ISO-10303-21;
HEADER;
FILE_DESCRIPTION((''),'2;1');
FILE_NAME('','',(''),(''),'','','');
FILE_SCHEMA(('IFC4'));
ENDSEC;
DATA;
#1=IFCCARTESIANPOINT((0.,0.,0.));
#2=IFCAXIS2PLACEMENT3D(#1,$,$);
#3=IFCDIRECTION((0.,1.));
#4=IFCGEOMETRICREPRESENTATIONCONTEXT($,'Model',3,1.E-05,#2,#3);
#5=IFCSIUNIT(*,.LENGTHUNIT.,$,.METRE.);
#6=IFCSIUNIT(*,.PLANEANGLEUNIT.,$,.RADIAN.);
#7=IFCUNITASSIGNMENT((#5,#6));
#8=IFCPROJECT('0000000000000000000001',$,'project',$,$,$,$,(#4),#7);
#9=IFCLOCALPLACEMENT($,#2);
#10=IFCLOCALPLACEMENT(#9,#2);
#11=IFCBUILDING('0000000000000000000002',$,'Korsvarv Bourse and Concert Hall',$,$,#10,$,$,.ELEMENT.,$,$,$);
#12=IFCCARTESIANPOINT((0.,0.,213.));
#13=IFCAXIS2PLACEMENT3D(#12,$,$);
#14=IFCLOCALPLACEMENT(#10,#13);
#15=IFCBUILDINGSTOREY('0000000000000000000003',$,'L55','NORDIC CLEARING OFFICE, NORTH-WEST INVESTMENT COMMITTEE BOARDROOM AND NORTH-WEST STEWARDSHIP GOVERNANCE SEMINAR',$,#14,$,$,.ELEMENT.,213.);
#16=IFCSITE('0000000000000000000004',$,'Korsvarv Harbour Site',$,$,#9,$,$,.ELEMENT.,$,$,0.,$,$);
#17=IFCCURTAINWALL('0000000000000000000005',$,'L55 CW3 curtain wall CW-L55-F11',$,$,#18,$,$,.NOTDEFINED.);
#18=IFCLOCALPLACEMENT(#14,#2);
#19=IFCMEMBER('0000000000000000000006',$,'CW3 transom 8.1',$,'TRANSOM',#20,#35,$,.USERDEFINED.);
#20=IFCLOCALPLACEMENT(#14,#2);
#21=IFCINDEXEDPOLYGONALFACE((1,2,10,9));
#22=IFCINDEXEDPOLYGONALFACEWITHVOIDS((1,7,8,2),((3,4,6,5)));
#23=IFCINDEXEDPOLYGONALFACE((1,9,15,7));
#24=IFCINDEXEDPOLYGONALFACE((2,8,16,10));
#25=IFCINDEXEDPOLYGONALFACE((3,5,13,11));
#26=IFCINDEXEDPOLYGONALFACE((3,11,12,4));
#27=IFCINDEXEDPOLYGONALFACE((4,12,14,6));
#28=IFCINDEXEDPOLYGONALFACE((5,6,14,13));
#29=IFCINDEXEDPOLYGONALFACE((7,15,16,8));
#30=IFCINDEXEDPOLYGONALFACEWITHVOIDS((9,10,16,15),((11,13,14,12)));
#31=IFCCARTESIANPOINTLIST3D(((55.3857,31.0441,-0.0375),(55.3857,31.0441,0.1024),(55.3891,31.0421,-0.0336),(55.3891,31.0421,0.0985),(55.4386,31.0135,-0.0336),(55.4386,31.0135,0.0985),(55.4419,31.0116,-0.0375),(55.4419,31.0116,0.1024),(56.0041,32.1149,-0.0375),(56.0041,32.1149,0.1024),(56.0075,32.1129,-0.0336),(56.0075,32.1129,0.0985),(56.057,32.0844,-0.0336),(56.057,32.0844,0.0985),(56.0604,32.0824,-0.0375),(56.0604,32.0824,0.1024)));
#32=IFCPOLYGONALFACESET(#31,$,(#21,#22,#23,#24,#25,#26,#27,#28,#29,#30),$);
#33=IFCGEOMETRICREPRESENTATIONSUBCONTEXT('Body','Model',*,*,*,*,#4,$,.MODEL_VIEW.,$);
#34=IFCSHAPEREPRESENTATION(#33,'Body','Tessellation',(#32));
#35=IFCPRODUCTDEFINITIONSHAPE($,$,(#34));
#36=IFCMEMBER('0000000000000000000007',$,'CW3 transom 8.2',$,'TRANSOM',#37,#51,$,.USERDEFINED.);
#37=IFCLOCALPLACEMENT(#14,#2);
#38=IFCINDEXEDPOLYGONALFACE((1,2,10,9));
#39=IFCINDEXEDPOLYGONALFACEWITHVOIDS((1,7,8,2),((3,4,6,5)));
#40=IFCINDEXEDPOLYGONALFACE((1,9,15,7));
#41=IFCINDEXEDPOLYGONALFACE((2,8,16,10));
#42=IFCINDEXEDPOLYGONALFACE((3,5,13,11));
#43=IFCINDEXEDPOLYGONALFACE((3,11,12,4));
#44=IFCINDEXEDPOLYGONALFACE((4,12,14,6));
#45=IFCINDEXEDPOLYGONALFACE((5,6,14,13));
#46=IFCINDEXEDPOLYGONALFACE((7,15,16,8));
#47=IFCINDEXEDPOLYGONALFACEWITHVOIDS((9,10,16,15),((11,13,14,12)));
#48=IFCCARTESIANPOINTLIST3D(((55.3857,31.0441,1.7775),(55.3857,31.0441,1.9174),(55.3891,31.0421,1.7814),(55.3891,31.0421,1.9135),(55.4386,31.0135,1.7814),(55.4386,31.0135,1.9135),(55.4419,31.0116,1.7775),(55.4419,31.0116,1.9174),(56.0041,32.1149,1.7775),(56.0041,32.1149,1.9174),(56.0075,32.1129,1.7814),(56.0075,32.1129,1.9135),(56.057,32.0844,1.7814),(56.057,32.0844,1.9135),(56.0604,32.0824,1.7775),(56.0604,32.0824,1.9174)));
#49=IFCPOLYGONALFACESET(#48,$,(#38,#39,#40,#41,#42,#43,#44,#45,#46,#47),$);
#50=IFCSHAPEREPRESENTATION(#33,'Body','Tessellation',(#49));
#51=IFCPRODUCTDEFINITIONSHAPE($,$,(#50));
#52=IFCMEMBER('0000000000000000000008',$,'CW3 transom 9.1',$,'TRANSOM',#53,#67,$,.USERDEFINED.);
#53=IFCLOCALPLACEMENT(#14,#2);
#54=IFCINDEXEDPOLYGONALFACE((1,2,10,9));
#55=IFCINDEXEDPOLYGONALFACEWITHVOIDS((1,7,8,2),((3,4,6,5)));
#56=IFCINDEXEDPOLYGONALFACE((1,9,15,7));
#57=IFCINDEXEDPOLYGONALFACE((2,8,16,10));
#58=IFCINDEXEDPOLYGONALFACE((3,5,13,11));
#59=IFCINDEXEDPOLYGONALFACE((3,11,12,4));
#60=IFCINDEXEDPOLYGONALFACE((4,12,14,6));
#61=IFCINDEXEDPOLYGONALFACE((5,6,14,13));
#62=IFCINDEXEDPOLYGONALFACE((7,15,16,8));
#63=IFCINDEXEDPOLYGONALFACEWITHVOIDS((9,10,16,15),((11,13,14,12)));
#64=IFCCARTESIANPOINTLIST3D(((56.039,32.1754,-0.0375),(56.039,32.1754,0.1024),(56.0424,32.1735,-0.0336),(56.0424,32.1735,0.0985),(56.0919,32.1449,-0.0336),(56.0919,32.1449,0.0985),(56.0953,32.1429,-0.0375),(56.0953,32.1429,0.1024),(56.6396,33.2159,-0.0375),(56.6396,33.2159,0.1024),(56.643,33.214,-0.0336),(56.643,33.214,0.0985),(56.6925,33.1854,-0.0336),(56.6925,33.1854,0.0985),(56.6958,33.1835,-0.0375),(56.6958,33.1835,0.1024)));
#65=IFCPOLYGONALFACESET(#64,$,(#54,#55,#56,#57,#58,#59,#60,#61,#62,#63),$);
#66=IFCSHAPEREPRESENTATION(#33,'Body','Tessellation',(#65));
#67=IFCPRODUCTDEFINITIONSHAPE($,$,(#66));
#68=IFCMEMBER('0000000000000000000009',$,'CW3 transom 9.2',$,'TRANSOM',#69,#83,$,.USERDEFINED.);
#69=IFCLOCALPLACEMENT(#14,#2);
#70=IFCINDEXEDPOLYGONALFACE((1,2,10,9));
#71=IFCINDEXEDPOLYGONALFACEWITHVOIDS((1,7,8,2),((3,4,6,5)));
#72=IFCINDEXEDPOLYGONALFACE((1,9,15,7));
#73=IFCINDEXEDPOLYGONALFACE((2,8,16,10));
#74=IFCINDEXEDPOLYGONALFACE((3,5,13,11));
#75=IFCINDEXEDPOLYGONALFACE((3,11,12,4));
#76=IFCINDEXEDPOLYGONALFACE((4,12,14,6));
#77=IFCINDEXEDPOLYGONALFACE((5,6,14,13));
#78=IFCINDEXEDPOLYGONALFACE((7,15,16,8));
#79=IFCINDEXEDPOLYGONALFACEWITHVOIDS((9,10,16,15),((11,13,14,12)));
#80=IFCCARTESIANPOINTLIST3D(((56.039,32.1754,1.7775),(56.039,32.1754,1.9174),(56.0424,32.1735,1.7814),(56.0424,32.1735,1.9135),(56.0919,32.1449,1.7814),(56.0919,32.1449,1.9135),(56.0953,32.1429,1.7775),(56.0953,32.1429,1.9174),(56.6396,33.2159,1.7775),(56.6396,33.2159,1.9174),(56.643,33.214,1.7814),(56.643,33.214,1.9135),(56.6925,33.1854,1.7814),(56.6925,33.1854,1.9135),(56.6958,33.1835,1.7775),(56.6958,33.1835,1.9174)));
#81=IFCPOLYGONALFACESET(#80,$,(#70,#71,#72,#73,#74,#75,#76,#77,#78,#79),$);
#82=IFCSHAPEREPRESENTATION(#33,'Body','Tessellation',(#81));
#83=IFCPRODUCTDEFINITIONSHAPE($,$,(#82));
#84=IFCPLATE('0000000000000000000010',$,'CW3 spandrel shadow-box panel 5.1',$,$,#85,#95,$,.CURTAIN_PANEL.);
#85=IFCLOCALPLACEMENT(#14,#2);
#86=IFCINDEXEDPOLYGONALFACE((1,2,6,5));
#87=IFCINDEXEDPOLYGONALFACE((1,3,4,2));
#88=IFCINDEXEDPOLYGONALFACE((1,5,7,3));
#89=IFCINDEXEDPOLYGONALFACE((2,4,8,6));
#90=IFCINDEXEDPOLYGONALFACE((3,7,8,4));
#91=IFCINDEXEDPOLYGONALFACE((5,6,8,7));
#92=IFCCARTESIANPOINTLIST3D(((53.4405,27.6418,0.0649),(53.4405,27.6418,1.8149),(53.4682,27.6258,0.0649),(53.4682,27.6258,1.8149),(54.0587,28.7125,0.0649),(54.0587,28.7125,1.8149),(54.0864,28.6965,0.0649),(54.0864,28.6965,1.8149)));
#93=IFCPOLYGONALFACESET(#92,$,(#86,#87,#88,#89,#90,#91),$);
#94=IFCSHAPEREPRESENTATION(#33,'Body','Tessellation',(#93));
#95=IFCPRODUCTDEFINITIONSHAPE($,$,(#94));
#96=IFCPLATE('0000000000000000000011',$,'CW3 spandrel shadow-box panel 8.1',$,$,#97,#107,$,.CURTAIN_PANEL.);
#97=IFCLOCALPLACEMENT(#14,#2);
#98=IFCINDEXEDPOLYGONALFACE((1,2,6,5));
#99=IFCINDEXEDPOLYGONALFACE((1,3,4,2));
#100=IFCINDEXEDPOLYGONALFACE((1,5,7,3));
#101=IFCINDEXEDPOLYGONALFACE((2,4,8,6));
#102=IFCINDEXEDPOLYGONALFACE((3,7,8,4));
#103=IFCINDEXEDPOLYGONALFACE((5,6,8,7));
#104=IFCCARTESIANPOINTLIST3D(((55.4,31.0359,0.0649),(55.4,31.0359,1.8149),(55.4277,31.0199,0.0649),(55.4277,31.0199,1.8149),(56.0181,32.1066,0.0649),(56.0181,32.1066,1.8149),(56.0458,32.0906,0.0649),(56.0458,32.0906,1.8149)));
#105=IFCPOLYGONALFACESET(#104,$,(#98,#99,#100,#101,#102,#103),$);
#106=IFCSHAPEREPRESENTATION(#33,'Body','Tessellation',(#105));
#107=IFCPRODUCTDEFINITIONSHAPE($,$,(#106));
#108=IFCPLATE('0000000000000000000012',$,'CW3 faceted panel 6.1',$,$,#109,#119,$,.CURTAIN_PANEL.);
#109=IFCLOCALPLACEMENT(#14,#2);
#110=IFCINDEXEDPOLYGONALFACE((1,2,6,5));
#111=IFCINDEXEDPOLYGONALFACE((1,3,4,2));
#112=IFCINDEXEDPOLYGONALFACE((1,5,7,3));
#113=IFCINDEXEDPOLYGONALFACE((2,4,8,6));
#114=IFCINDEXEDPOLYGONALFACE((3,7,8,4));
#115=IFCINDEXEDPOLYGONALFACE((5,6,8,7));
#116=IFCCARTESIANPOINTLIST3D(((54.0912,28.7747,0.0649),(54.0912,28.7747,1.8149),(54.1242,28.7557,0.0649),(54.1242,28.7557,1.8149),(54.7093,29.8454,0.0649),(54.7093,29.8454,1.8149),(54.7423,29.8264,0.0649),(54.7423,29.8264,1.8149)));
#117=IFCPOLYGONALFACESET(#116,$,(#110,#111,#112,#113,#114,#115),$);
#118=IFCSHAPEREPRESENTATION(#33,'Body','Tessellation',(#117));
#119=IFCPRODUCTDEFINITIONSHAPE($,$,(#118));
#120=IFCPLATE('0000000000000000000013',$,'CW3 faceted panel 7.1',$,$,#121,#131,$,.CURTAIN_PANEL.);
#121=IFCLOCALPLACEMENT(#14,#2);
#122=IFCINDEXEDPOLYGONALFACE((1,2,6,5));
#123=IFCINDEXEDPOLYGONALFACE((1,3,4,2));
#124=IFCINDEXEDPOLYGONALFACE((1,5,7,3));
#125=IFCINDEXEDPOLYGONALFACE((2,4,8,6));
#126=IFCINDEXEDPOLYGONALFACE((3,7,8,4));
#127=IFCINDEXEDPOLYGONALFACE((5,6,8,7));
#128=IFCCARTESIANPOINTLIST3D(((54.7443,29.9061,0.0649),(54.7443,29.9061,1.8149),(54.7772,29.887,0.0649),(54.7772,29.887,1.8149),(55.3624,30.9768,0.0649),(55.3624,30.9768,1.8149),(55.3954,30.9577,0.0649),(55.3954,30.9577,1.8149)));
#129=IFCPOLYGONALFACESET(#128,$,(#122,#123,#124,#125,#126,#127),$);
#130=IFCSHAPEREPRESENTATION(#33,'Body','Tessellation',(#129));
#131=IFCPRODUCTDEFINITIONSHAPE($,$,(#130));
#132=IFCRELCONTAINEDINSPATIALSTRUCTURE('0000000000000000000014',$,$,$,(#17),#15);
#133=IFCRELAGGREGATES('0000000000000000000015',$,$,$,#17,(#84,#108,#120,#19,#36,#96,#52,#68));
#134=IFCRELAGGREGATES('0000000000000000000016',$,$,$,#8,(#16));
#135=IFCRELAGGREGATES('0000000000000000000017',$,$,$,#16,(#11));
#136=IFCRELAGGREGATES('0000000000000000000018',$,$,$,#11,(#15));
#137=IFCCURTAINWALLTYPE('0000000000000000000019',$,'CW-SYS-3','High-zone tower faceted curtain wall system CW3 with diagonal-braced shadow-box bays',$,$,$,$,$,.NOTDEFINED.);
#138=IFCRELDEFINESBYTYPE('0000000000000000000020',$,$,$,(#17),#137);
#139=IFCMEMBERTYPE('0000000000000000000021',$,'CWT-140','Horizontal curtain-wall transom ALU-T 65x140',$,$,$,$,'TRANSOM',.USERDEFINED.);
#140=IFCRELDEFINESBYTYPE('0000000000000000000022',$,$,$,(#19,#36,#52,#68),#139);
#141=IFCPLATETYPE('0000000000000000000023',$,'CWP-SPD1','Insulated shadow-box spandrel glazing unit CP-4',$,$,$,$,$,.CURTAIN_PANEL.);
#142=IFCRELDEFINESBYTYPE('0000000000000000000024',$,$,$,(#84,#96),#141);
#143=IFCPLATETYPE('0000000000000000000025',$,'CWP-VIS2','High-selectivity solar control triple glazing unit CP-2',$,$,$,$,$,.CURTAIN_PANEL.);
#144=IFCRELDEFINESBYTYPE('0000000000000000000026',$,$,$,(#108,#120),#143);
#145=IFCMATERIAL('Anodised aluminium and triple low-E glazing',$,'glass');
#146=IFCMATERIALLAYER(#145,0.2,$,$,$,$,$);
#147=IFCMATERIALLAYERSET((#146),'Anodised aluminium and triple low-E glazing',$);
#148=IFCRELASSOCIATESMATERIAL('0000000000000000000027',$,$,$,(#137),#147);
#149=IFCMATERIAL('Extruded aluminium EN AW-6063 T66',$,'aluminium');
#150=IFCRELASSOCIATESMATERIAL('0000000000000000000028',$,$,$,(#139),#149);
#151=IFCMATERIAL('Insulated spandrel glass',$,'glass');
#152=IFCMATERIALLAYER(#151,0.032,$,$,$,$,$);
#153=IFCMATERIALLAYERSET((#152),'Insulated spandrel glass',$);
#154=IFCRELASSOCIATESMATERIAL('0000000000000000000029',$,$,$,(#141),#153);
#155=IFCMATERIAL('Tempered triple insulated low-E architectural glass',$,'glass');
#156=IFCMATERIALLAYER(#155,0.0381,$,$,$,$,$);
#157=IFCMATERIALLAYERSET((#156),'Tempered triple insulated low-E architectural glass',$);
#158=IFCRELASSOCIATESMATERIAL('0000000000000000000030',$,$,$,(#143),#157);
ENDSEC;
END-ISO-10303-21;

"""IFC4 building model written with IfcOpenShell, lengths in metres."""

from ifc_helpers import new_model, si_unit, direction, frame, origin, origin_2d, place, context, subcontext, project, spatial, rectangle, hollow_rectangle, extrude, source, transform, mapped, material, layer, layer_set, material_profile, profile_set, type_object, element, aggregate, save


model = new_model("IFC4")

# Units and contexts
model_context = context("Model", 3, precision=1e-05, world=origin(), true_north=direction((0.0, 1.0)))
body_context = subcontext(model_context, "Body", "Model", "MODEL_VIEW")
ifc_project = project(units=[si_unit("LENGTHUNIT", "METRE"), si_unit("PLANEANGLEUNIT", "RADIAN")], contexts=[model_context])

# Site, building, storey
site_placement = place(None, origin())
site = spatial("IfcSite", under=ifc_project, at=site_placement, Name="Korsvarv Harbour Site", CompositionType="ELEMENT", RefElevation=0.0)
building_placement = place(site_placement, origin())
building = spatial("IfcBuilding", under=site, at=building_placement, Name="Korsvarv Bourse and Concert Hall", CompositionType="ELEMENT")
storey_placement = place(building_placement, frame((0.0, 0.0, 213.0)))
storey = spatial("IfcBuildingStorey", under=building, at=storey_placement, Name="L55", Description="NORDIC CLEARING OFFICE, NORTH-WEST INVESTMENT COMMITTEE BOARDROOM AND NORTH-WEST STEWARDSHIP GOVERNANCE SEMINAR", CompositionType="ELEMENT", Elevation=213.0)

# Curtain wall, members, plates
ifc_material_1 = material(Name="Anodised aluminium and triple low-E glazing", Category="glass")
ifc_layer_1 = layer(ifc_material_1, 0.2)
ifc_layer_set_1 = layer_set([ifc_layer_1], Name="Anodised aluminium and triple low-E glazing")
curtain_wall_type = type_object("IfcCurtainWallType", Name="CW-SYS-3", Description="High-zone tower faceted curtain wall system CW3 with diagonal-braced shadow-box bays", PredefinedType="NOTDEFINED", material=ifc_layer_set_1)
curtain_wall_placement = place(storey_placement, origin())
curtain_wall = element("IfcCurtainWall", 1, at=curtain_wall_placement, inside=storey, type_object=curtain_wall_type, Name="L55 CW3 curtain wall CW-L55-F11", PredefinedType="NOTDEFINED")
ifc_material_2 = material(Name="Extruded aluminium EN AW-6063 T66", Category="aluminium")
ifc_material_profile_1 = material_profile(ifc_material_2, hollow_rectangle(XDim=0.0649, YDim=0.1399, WallThickness=0.0039, at=origin_2d()), Name="ALU-T 65x140")
ifc_profile_set_1 = profile_set([ifc_material_profile_1], Name="Extruded aluminium EN AW-6063 T66")
member_type_1 = type_object("IfcMemberType", Name="CWT-140", Description="Horizontal curtain-wall transom ALU-T 65x140", ElementType="TRANSOM", PredefinedType="USERDEFINED", material=ifc_profile_set_1)
shared_shape_1 = source(origin(), body_context, "Body", "SweptSolid", [
    extrude(hollow_rectangle(XDim=0.0649, YDim=0.1399, WallThickness=0.0039, at=origin_2d()), origin(), (0.0, 0.0, 1.0), 1.2366),
])
member_1_placement = place(storey_placement, frame((55.4138, 31.0278, 0.0325), z_axis=(0.50011, 0.865962, 0.0), x_axis=(-0.865962, 0.50011, 0.0)))
member_1 = element("IfcMember", 2, at=member_1_placement, type_object=member_type_1, Name="CW3 transom 8.1", ObjectType="TRANSOM", PredefinedType="USERDEFINED", context=body_context, shape_type="MappedRepresentation", body=[
    mapped(shared_shape_1, transform((0.0, 0.0, 0.0), scale=1.0)),
])
member_2_placement = place(storey_placement, frame((55.4138, 31.0278, 1.8474), z_axis=(0.50011, 0.865962, 0.0), x_axis=(-0.865962, 0.50011, 0.0)))
member_2 = element("IfcMember", 3, at=member_2_placement, type_object=member_type_1, Name="CW3 transom 8.2", ObjectType="TRANSOM", PredefinedType="USERDEFINED", context=body_context, shape_type="MappedRepresentation", body=[
    mapped(shared_shape_1, transform((0.0, 0.0, 0.0), scale=1.0)),
])
shared_shape_2 = source(origin(), body_context, "Body", "SweptSolid", [
    extrude(hollow_rectangle(XDim=0.0649, YDim=0.1399, WallThickness=0.0039, at=origin_2d()), origin(), (0.0, 0.0, 1.0), 1.2014),
])
member_3_placement = place(storey_placement, frame((56.0671, 32.1592, 0.0325), z_axis=(0.499898, 0.866084, 0.0), x_axis=(-0.866084, 0.499898, 0.0)))
member_3 = element("IfcMember", 4, at=member_3_placement, type_object=member_type_1, Name="CW3 transom 9.1", ObjectType="TRANSOM", PredefinedType="USERDEFINED", context=body_context, shape_type="MappedRepresentation", body=[
    mapped(shared_shape_2, transform((0.0, 0.0, 0.0), scale=1.0)),
])
member_4_placement = place(storey_placement, frame((56.0671, 32.1592, 1.8474), z_axis=(0.499898, 0.866084, 0.0), x_axis=(-0.866084, 0.499898, 0.0)))
member_4 = element("IfcMember", 5, at=member_4_placement, type_object=member_type_1, Name="CW3 transom 9.2", ObjectType="TRANSOM", PredefinedType="USERDEFINED", context=body_context, shape_type="MappedRepresentation", body=[
    mapped(shared_shape_2, transform((0.0, 0.0, 0.0), scale=1.0)),
])
ifc_material_3 = material(Name="Insulated spandrel glass", Category="glass")
ifc_layer_2 = layer(ifc_material_3, 0.032)
ifc_layer_set_2 = layer_set([ifc_layer_2], Name="Insulated spandrel glass")
plate_type_1 = type_object("IfcPlateType", Name="CWP-SPD1", Description="Insulated shadow-box spandrel glazing unit CP-4", PredefinedType="CURTAIN_PANEL", material=ifc_layer_set_2)
shared_shape_3 = source(origin(), body_context, "Body", "SweptSolid", [
    extrude(rectangle(XDim=1.2363, YDim=0.032, at=origin_2d()), origin(), (0.0, 0.0, 1.0), 1.75),
])
plate_1_placement = place(storey_placement, frame((53.7634, 28.1692, 0.0649), z_axis=(0.0, 0.0, 1.0), x_axis=(0.499997, 0.866027, 0.0)))
plate_1 = element("IfcPlate", 6, at=plate_1_placement, type_object=plate_type_1, Name="CW3 spandrel shadow-box panel 5.1", PredefinedType="CURTAIN_PANEL", context=body_context, shape_type="MappedRepresentation", body=[
    mapped(shared_shape_3, transform((0.0, 0.0, 0.0), scale=1.0)),
])
plate_2_placement = place(storey_placement, frame((55.7229, 31.5632, 0.0649), z_axis=(0.0, 0.0, 1.0), x_axis=(0.499997, 0.866027, 0.0)))
plate_2 = element("IfcPlate", 7, at=plate_2_placement, type_object=plate_type_1, Name="CW3 spandrel shadow-box panel 8.1", PredefinedType="CURTAIN_PANEL", context=body_context, shape_type="MappedRepresentation", body=[
    mapped(shared_shape_3, transform((0.0, 0.0, 0.0), scale=1.0)),
])
ifc_material_4 = material(Name="Tempered triple insulated low-E architectural glass", Category="glass")
ifc_layer_3 = layer(ifc_material_4, 0.0381)
ifc_layer_set_3 = layer_set([ifc_layer_3], Name="Tempered triple insulated low-E architectural glass")
plate_type_2 = type_object("IfcPlateType", Name="CWP-VIS2", Description="High-selectivity solar control triple glazing unit CP-2", PredefinedType="CURTAIN_PANEL", material=ifc_layer_set_3)
shared_shape_4 = source(origin(), body_context, "Body", "SweptSolid", [
    extrude(rectangle(XDim=1.2363, YDim=0.0381, at=origin_2d()), origin(), (0.0, 0.0, 1.0), 1.75),
])
plate_3_placement = place(storey_placement, frame((54.4167, 29.3005, 0.0649), z_axis=(0.0, 0.0, 1.0), x_axis=(0.499997, 0.866027, 0.0)))
plate_3 = element("IfcPlate", 8, at=plate_3_placement, type_object=plate_type_2, Name="CW3 faceted panel 6.1", PredefinedType="CURTAIN_PANEL", context=body_context, shape_type="MappedRepresentation", body=[
    mapped(shared_shape_4, transform((0.0, 0.0, 0.0), scale=1.0)),
])
plate_4_placement = place(storey_placement, frame((55.0698, 30.4319, 0.0649), z_axis=(0.0, 0.0, 1.0), x_axis=(0.499997, 0.866027, 0.0)))
plate_4 = element("IfcPlate", 9, at=plate_4_placement, type_object=plate_type_2, Name="CW3 faceted panel 7.1", PredefinedType="CURTAIN_PANEL", context=body_context, shape_type="MappedRepresentation", body=[
    mapped(shared_shape_4, transform((0.0, 0.0, 0.0), scale=1.0)),
])
aggregate(curtain_wall, [plate_1, plate_3, plate_4, member_1, member_2, plate_2, member_3, member_4])

save(model, "model.ifc")
